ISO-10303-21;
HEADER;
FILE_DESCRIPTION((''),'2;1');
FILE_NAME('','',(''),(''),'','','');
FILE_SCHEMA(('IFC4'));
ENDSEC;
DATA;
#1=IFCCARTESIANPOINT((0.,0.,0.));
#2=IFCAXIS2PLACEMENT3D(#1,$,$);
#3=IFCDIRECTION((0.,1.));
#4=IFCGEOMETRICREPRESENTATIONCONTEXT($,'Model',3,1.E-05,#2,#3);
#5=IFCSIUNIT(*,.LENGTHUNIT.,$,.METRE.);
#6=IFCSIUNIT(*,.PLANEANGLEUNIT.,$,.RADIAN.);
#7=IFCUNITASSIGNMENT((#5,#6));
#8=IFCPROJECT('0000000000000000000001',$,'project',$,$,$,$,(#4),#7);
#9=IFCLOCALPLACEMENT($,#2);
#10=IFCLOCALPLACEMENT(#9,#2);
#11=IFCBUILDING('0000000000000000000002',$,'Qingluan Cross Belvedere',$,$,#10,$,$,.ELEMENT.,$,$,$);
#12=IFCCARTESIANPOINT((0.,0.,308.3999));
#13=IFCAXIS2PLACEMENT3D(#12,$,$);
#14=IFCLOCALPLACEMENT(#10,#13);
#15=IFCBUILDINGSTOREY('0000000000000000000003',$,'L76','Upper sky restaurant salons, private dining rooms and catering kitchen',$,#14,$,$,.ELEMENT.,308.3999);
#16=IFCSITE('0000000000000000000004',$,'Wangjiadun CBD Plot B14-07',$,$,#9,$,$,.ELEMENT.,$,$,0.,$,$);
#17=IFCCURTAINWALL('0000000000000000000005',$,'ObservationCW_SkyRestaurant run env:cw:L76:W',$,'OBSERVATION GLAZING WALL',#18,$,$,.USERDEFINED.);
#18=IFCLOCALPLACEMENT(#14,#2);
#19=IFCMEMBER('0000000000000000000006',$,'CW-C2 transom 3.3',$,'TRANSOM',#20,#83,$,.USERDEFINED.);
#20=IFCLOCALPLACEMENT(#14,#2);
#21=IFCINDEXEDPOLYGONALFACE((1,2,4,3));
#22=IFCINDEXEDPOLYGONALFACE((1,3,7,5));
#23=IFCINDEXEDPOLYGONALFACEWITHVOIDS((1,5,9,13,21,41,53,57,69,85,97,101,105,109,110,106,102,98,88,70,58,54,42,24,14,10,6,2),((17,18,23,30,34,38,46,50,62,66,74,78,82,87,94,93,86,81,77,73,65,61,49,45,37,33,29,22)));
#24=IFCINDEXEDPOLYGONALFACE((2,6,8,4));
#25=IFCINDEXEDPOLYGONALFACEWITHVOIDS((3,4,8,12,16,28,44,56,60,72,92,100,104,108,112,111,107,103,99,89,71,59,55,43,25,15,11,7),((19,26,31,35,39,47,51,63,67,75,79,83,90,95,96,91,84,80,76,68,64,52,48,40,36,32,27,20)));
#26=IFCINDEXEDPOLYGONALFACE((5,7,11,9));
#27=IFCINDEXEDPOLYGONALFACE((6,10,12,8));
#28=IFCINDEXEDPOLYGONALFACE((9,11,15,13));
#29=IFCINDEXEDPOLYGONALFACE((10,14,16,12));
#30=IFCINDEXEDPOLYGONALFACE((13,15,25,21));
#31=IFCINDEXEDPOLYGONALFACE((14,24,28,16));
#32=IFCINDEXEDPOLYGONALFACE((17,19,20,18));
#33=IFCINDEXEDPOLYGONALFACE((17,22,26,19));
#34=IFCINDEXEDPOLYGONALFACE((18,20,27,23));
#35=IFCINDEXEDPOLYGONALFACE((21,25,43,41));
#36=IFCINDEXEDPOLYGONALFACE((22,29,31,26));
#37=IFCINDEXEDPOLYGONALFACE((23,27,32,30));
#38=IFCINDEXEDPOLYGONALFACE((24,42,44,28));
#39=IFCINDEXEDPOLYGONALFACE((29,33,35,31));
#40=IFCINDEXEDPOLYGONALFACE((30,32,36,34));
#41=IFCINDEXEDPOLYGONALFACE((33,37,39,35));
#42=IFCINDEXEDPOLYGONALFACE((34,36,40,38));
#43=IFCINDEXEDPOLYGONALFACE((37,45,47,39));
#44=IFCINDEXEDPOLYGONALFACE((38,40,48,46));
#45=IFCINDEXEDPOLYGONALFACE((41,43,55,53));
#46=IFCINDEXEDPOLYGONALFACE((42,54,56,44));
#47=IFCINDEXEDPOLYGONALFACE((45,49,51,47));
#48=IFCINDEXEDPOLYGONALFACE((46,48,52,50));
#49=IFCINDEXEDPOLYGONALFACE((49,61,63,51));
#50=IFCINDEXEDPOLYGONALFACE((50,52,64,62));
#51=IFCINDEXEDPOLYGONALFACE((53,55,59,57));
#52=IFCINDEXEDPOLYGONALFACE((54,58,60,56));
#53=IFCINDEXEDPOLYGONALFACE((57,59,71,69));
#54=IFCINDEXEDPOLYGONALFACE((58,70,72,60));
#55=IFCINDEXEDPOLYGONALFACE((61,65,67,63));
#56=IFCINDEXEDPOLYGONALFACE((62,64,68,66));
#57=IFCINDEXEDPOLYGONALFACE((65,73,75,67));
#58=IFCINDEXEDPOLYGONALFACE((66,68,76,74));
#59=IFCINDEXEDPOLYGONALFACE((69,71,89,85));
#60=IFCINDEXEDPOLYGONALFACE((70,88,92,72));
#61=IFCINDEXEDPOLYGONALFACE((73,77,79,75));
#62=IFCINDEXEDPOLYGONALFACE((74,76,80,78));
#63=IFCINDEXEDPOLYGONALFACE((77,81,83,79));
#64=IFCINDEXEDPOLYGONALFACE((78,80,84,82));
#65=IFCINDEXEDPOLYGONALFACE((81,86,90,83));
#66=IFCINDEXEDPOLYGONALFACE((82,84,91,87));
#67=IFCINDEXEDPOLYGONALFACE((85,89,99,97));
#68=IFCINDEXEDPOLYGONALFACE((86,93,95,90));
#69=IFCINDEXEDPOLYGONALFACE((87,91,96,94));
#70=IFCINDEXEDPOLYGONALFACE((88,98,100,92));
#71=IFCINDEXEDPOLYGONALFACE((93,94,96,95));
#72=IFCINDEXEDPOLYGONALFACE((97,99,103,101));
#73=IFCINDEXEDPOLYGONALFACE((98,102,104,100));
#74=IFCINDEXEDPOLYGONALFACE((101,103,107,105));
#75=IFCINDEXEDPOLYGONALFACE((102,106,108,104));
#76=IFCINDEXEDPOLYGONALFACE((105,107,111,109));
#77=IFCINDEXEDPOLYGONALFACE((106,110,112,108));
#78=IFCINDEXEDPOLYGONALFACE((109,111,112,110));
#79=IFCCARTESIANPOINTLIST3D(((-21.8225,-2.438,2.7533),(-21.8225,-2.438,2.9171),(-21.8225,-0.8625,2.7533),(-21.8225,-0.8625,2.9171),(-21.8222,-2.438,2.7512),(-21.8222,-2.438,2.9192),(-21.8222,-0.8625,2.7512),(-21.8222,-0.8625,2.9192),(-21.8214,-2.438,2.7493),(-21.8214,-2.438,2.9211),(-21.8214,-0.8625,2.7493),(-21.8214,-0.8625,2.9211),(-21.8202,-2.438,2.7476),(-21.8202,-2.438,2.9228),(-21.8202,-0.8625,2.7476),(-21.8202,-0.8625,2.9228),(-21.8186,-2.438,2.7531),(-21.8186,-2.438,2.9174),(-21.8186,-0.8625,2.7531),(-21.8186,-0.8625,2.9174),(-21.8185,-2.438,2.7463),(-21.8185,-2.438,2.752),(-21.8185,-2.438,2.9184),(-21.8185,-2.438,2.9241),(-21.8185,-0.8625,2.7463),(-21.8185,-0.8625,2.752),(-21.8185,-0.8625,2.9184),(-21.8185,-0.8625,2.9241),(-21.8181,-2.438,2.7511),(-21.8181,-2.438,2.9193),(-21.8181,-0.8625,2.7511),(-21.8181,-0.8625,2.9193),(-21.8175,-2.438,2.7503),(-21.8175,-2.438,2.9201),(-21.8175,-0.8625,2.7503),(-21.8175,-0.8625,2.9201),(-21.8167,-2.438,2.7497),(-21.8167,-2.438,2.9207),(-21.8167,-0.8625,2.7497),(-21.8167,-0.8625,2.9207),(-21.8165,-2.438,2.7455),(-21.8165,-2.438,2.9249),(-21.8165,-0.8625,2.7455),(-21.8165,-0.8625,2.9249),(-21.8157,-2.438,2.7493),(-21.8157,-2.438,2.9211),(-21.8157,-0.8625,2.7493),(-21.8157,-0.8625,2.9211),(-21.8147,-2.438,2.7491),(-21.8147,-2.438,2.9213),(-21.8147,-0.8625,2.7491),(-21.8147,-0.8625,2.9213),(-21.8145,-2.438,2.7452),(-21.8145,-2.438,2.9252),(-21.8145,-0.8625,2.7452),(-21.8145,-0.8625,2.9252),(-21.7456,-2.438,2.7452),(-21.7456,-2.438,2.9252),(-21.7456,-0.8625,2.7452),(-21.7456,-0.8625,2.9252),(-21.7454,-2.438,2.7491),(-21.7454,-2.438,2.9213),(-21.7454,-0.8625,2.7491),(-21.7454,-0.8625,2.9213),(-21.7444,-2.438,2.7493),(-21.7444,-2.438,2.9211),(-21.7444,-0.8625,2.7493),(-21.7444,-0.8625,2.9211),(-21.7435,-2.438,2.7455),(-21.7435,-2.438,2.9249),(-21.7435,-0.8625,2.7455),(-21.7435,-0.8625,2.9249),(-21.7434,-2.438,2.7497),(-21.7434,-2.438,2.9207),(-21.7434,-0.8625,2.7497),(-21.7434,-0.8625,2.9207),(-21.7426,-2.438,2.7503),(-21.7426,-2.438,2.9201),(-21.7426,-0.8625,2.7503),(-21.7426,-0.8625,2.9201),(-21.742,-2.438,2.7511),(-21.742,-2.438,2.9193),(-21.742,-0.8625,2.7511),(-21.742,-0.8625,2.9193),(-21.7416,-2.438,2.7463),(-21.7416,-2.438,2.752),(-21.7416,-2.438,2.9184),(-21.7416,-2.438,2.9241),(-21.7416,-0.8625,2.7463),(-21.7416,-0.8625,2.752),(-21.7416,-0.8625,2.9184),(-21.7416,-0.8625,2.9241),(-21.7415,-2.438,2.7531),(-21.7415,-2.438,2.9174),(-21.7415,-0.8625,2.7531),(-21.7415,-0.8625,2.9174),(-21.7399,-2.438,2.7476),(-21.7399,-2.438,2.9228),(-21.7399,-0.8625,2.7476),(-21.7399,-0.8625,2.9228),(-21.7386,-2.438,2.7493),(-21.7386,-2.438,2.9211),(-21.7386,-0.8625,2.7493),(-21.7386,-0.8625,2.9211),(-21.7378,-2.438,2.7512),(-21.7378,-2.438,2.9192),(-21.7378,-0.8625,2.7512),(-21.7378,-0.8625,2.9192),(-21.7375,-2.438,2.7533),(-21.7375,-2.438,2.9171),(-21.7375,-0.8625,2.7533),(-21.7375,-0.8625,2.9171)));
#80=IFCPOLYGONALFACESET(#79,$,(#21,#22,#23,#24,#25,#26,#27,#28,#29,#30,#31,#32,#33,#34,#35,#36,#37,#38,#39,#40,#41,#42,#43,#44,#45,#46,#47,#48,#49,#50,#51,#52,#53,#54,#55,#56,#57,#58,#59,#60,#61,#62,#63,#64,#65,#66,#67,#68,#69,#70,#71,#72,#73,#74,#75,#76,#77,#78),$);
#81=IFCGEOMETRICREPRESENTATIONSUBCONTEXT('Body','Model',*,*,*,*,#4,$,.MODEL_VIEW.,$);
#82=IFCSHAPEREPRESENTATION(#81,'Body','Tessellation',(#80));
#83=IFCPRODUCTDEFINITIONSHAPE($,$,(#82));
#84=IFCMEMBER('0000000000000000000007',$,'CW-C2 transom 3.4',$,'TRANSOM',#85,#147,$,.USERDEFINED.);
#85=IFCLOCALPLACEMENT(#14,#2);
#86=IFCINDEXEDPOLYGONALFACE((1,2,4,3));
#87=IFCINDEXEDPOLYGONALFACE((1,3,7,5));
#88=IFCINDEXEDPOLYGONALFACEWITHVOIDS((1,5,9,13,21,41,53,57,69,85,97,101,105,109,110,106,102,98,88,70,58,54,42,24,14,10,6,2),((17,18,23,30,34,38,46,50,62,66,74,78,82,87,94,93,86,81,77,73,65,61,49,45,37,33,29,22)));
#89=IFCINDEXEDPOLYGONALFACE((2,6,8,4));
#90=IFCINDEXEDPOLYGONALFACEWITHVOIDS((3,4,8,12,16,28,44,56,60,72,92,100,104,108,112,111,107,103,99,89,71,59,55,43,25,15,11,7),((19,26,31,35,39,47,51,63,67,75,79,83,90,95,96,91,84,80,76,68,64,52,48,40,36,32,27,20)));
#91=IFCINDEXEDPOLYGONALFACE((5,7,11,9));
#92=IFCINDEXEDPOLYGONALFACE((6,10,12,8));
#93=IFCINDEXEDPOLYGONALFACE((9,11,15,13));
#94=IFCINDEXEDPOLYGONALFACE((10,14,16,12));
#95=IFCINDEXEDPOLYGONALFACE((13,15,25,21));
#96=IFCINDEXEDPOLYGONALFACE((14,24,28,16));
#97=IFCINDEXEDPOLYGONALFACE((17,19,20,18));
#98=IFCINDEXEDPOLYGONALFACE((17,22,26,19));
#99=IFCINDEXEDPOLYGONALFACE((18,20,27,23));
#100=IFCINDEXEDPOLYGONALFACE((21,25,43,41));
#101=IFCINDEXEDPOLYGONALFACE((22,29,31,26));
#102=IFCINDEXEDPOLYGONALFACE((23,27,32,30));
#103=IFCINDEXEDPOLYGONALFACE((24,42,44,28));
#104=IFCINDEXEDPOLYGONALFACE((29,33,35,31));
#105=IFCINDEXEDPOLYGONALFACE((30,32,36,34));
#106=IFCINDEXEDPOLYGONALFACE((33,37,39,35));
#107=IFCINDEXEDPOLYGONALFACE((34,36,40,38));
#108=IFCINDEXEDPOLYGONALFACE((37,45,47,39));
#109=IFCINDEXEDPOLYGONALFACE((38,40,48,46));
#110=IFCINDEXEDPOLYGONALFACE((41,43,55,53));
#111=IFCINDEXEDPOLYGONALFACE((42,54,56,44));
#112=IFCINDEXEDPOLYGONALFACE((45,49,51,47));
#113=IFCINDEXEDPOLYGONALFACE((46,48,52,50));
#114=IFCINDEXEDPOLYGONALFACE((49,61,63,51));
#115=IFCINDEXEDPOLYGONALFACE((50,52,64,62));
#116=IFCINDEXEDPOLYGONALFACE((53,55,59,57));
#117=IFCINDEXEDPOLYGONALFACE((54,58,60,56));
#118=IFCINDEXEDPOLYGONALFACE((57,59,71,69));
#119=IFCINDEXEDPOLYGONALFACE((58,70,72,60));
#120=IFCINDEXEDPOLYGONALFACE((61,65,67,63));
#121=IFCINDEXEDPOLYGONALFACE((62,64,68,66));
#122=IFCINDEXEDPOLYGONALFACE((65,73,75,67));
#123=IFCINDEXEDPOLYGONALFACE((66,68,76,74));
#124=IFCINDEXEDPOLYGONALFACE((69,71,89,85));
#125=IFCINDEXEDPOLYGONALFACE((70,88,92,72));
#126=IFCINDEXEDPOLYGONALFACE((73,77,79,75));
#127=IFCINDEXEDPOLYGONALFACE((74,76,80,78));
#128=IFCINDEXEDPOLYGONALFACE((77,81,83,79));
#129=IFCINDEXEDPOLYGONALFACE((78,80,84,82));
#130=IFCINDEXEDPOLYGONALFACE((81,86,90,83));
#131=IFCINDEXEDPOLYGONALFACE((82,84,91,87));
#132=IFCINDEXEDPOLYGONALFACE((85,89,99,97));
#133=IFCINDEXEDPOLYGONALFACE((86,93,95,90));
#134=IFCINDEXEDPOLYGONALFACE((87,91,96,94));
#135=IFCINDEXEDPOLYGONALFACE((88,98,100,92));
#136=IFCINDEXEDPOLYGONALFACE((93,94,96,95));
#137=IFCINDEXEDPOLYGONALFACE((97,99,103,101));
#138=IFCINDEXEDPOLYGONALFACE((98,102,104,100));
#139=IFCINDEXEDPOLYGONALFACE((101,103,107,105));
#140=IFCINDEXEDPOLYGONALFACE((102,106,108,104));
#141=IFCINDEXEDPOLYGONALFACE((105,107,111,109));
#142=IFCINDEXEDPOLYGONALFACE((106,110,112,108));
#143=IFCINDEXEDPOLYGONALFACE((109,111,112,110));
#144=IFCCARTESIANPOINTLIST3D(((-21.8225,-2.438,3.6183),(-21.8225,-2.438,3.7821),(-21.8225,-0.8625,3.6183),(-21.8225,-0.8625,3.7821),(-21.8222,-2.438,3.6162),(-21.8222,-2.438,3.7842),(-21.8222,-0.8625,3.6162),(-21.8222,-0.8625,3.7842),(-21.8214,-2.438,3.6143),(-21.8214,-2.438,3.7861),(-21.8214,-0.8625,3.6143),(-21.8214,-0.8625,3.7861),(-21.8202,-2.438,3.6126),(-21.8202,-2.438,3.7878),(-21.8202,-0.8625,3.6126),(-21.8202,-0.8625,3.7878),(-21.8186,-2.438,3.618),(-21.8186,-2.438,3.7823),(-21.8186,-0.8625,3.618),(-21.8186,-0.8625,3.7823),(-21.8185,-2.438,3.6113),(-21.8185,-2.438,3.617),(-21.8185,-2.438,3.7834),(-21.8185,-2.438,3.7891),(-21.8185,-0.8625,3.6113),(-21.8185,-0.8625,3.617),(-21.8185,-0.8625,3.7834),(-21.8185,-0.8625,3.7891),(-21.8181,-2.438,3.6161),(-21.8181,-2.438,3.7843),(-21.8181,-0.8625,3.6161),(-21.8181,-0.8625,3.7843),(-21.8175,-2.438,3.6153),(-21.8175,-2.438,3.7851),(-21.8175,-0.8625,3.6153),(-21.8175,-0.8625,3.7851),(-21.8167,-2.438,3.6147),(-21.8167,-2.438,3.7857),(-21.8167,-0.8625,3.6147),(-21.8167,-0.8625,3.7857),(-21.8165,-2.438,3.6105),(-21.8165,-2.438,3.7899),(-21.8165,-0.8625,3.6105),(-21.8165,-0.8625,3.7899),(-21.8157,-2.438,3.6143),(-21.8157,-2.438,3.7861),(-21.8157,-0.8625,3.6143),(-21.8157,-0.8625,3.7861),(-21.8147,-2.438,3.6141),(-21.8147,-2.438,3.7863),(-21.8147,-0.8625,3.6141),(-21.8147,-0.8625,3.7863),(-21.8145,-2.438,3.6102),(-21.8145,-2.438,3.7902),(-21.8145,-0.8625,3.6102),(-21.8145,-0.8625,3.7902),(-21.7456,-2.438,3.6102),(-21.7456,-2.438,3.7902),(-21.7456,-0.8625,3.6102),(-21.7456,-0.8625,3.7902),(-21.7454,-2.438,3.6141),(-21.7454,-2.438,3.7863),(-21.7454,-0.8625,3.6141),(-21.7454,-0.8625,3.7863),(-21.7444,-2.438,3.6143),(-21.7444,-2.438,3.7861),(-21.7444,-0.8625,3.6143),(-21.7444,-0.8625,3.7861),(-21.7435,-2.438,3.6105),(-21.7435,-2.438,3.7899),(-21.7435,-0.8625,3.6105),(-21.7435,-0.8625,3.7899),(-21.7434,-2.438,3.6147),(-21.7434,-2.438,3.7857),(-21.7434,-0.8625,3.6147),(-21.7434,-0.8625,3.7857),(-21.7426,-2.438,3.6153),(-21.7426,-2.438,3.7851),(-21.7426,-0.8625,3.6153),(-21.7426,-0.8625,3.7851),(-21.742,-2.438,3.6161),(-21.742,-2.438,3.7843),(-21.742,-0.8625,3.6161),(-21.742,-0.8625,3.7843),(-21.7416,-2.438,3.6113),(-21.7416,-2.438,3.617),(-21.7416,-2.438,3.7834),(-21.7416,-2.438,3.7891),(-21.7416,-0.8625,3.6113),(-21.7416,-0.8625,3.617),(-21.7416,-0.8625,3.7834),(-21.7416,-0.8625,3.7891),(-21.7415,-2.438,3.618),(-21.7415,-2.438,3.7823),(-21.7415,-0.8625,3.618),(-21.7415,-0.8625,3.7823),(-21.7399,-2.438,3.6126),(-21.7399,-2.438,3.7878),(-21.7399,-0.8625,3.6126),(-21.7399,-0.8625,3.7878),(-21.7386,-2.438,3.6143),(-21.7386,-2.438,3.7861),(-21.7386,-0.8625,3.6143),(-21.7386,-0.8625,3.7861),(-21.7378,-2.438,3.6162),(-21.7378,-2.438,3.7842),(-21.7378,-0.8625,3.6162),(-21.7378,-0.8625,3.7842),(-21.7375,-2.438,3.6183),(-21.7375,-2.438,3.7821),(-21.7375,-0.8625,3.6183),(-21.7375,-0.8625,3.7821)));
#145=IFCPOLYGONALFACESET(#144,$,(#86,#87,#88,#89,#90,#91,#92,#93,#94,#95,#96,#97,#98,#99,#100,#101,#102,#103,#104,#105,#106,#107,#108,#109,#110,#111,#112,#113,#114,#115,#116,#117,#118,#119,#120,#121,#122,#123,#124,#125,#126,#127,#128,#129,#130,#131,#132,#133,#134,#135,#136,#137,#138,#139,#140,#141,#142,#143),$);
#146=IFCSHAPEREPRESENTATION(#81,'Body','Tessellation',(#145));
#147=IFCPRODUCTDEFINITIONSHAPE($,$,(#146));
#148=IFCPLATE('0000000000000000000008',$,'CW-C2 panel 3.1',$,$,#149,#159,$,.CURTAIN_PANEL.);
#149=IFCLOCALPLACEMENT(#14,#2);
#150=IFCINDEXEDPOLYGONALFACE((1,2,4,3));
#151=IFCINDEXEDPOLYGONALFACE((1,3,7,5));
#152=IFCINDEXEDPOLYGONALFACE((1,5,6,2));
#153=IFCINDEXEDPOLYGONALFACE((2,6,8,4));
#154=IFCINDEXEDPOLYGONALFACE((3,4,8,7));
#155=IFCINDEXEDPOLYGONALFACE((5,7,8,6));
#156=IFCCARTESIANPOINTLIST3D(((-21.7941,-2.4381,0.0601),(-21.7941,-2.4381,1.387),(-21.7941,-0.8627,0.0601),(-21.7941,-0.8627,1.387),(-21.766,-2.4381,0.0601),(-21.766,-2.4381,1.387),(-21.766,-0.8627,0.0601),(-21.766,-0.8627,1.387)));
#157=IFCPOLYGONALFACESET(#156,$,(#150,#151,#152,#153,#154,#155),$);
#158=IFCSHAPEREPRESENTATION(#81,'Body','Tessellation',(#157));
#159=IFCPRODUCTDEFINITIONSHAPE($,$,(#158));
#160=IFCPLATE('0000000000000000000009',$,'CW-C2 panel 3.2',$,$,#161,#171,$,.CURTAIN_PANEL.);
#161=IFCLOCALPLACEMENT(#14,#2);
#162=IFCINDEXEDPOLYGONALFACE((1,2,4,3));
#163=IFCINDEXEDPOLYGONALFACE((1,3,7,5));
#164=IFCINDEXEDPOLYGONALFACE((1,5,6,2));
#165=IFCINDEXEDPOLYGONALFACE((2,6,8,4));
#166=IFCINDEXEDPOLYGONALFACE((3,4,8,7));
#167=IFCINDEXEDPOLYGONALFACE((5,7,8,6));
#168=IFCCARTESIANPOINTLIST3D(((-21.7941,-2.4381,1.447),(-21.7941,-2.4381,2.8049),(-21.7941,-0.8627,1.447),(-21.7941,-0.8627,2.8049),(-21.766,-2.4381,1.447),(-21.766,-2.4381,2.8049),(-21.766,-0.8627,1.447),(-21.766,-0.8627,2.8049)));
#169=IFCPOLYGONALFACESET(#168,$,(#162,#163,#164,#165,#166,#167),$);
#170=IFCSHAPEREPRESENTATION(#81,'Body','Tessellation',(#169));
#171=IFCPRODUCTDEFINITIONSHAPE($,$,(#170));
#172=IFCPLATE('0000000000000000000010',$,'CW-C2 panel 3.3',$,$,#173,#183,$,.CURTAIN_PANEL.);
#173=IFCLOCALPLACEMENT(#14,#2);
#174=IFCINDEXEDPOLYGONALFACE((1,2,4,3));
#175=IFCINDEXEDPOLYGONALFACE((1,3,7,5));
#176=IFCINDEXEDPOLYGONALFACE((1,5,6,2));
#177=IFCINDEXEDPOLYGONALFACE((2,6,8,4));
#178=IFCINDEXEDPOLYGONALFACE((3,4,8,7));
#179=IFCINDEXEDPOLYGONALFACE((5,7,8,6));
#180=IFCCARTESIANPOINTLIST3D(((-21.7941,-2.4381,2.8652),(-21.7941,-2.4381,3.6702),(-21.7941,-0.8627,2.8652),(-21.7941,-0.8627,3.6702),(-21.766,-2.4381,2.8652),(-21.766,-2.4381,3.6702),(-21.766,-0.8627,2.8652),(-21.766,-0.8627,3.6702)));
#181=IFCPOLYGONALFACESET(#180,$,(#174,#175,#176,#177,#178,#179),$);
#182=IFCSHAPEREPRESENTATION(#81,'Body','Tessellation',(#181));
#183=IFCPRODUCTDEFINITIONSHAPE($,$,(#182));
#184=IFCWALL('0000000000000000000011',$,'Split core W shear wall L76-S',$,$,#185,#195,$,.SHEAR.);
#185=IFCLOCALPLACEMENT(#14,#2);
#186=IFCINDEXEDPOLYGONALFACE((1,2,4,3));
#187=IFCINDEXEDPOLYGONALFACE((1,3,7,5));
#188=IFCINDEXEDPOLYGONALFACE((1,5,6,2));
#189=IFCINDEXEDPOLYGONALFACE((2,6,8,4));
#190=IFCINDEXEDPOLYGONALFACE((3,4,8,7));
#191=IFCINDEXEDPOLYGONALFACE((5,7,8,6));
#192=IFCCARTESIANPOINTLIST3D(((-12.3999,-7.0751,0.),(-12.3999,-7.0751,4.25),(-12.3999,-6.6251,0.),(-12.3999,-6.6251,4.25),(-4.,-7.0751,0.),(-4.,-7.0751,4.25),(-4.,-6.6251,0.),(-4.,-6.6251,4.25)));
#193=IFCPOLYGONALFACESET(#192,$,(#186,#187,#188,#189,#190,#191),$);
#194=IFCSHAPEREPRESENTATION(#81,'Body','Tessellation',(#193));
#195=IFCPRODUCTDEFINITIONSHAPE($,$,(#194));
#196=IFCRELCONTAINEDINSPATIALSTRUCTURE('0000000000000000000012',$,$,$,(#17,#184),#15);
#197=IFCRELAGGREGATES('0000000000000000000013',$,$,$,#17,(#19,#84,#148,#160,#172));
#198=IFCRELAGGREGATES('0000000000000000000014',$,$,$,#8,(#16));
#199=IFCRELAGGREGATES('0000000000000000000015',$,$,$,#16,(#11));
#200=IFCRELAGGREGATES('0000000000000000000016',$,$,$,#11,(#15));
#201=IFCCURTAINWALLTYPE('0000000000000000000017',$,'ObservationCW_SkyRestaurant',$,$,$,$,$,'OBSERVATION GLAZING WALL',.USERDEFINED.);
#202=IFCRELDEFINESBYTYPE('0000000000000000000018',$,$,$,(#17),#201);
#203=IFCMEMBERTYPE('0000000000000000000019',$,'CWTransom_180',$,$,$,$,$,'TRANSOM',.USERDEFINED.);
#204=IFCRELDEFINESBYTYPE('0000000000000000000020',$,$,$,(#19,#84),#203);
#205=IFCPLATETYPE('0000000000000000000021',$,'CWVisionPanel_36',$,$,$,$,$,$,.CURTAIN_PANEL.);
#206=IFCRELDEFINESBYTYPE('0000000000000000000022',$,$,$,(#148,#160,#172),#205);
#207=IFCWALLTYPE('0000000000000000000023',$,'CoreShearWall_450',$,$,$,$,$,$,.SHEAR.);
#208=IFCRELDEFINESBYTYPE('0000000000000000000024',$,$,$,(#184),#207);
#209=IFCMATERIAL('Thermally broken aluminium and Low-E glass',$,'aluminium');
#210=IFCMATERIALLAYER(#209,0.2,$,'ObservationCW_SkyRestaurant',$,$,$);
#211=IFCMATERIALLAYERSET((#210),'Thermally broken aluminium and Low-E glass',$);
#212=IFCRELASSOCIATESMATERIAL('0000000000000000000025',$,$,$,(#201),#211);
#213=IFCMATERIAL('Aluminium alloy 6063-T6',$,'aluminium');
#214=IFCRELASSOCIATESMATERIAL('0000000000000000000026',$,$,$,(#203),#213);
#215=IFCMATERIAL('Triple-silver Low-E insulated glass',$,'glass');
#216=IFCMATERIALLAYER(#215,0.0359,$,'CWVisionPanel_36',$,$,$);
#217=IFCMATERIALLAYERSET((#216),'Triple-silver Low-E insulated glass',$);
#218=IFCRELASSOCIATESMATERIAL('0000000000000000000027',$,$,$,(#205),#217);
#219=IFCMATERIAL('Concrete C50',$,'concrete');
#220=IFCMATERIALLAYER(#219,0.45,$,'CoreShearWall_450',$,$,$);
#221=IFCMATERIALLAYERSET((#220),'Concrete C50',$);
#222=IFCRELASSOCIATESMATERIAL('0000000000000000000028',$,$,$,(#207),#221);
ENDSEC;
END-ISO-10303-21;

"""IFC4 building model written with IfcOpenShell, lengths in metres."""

from ifc_helpers import new_model, si_unit, direction, frame, frame_2d, origin, origin_2d, place, context, subcontext, project, spatial, rectangle, hollow_rectangle, extrude, material, layer, layer_set, material_profile, profile_set, type_object, element, aggregate, save


model = new_model("IFC4")

# Units and contexts
model_context = context("Model", 3, precision=1e-05, world=origin(), true_north=direction((0.0, 1.0)))
body_context = subcontext(model_context, "Body", "Model", "MODEL_VIEW")
ifc_project = project(units=[si_unit("LENGTHUNIT", "METRE"), si_unit("PLANEANGLEUNIT", "RADIAN")], contexts=[model_context])

# Site, building, storey
site_placement = place(None, origin())
site = spatial("IfcSite", under=ifc_project, at=site_placement, Name="Wangjiadun CBD Plot B14-07", CompositionType="ELEMENT", RefElevation=0.0)
building_placement = place(site_placement, origin())
building = spatial("IfcBuilding", under=site, at=building_placement, Name="Qingluan Cross Belvedere", CompositionType="ELEMENT")
storey_placement = place(building_placement, frame((0.0, 0.0, 308.3999)))
storey = spatial("IfcBuildingStorey", under=building, at=storey_placement, Name="L76", Description="Upper sky restaurant salons, private dining rooms and catering kitchen", CompositionType="ELEMENT", Elevation=308.3999)

# Curtain wall, members, plates
ifc_material_1 = material(Name="Thermally broken aluminium and Low-E glass", Category="aluminium")
ifc_layer_1 = layer(ifc_material_1, 0.2, Name="ObservationCW_SkyRestaurant")
ifc_layer_set_1 = layer_set([ifc_layer_1], Name="Thermally broken aluminium and Low-E glass")
curtain_wall_type = type_object("IfcCurtainWallType", Name="ObservationCW_SkyRestaurant", ElementType="OBSERVATION GLAZING WALL", PredefinedType="USERDEFINED", material=ifc_layer_set_1)
curtain_wall_placement = place(storey_placement, origin())
curtain_wall = element("IfcCurtainWall", 1, at=curtain_wall_placement, inside=storey, type_object=curtain_wall_type, Name="ObservationCW_SkyRestaurant run env:cw:L76:W", ObjectType="OBSERVATION GLAZING WALL", PredefinedType="USERDEFINED")
ifc_material_2 = material(Name="Aluminium alloy 6063-T6", Category="aluminium")
ifc_material_profile_1 = material_profile(ifc_material_2, hollow_rectangle(XDim=0.085, YDim=0.1799, WallThickness=0.0039, InnerFilletRadius=0.0039, OuterFilletRadius=0.0081, at=origin_2d()), Name="CWT180x85x4")
ifc_profile_set_1 = profile_set([ifc_material_profile_1], Name="Aluminium alloy 6063-T6")
member_type_1 = type_object("IfcMemberType", Name="CWTransom_180", ElementType="TRANSOM", PredefinedType="USERDEFINED", material=ifc_profile_set_1)
member_1_placement = place(storey_placement, frame((-21.78, -0.8625, 2.8352), z_axis=(0.0, -1.0, 0.0), x_axis=(1.0, 0.0, 0.0)))
member_1 = element("IfcMember", 2, at=member_1_placement, type_object=member_type_1, Name="CW-C2 transom 3.3", ObjectType="TRANSOM", PredefinedType="USERDEFINED", context=body_context, shape_type="SweptSolid", body=[
    extrude(hollow_rectangle(XDim=0.085, YDim=0.1799, WallThickness=0.0039, InnerFilletRadius=0.0039, OuterFilletRadius=0.0081, at=origin_2d()), origin(), (0.0, 0.0, 1.0), 1.5754),
])
member_2_placement = place(storey_placement, frame((-21.78, -0.8625, 3.7002), z_axis=(0.0, -1.0, 0.0), x_axis=(1.0, 0.0, 0.0)))
member_2 = element("IfcMember", 3, at=member_2_placement, type_object=member_type_1, Name="CW-C2 transom 3.4", ObjectType="TRANSOM", PredefinedType="USERDEFINED", context=body_context, shape_type="SweptSolid", body=[
    extrude(hollow_rectangle(XDim=0.085, YDim=0.1799, WallThickness=0.0039, InnerFilletRadius=0.0039, OuterFilletRadius=0.0081, at=origin_2d()), origin(), (0.0, 0.0, 1.0), 1.5754),
])
ifc_material_3 = material(Name="Triple-silver Low-E insulated glass", Category="glass")
ifc_layer_2 = layer(ifc_material_3, 0.0359, Name="CWVisionPanel_36")
ifc_layer_set_2 = layer_set([ifc_layer_2], Name="Triple-silver Low-E insulated glass")
plate_type = type_object("IfcPlateType", Name="CWVisionPanel_36", PredefinedType="CURTAIN_PANEL", material=ifc_layer_set_2)
plate_1_placement = place(storey_placement, frame((-21.78, -1.6504, 0.0601), z_axis=(0.0, 0.0, 1.0), x_axis=(0.0, -1.0, 0.0)))
plate_1 = element("IfcPlate", 4, at=plate_1_placement, type_object=plate_type, Name="CW-C2 panel 3.1", PredefinedType="CURTAIN_PANEL", context=body_context, shape_type="SweptSolid", body=[
    extrude(rectangle(XDim=1.5754, YDim=0.0281, at=origin_2d()), origin(), (0.0, 0.0, 1.0), 1.3269),
])
plate_2_placement = place(storey_placement, frame((-21.78, -1.6504, 1.447), z_axis=(0.0, 0.0, 1.0), x_axis=(0.0, -1.0, 0.0)))
plate_2 = element("IfcPlate", 5, at=plate_2_placement, type_object=plate_type, Name="CW-C2 panel 3.2", PredefinedType="CURTAIN_PANEL", context=body_context, shape_type="SweptSolid", body=[
    extrude(rectangle(XDim=1.5754, YDim=0.0281, at=origin_2d()), origin(), (0.0, 0.0, 1.0), 1.3579),
])
plate_3_placement = place(storey_placement, frame((-21.78, -1.6504, 2.8652), z_axis=(0.0, 0.0, 1.0), x_axis=(0.0, -1.0, 0.0)))
plate_3 = element("IfcPlate", 6, at=plate_3_placement, type_object=plate_type, Name="CW-C2 panel 3.3", PredefinedType="CURTAIN_PANEL", context=body_context, shape_type="SweptSolid", body=[
    extrude(rectangle(XDim=1.5754, YDim=0.0281, at=origin_2d()), origin(), (0.0, 0.0, 1.0), 0.8049),
])
aggregate(curtain_wall, [member_1, member_2, plate_1, plate_2, plate_3])

# Wall
ifc_material_4 = material(Name="Concrete C50", Category="concrete")
ifc_layer_3 = layer(ifc_material_4, 0.45, Name="CoreShearWall_450")
ifc_layer_set_3 = layer_set([ifc_layer_3], Name="Concrete C50")
wall_type_1 = type_object("IfcWallType", Name="CoreShearWall_450", PredefinedType="SHEAR", material=ifc_layer_set_3)
wall_1_placement = place(storey_placement, frame((-12.3999, -6.8501, 0.0), z_axis=(0.0, 0.0, 1.0), x_axis=(1.0, 0.0, 0.0)))
element("IfcWall", 7, at=wall_1_placement, inside=storey, type_object=wall_type_1, Name="Split core W shear wall L76-S", PredefinedType="SHEAR", context=body_context, shape_type="SweptSolid", body=[
    extrude(rectangle(XDim=8.3999, YDim=0.45, at=frame_2d((4.2, 0.0))), origin(), (0.0, 0.0, 1.0), 4.25),
])

save(model, "model.ifc")
